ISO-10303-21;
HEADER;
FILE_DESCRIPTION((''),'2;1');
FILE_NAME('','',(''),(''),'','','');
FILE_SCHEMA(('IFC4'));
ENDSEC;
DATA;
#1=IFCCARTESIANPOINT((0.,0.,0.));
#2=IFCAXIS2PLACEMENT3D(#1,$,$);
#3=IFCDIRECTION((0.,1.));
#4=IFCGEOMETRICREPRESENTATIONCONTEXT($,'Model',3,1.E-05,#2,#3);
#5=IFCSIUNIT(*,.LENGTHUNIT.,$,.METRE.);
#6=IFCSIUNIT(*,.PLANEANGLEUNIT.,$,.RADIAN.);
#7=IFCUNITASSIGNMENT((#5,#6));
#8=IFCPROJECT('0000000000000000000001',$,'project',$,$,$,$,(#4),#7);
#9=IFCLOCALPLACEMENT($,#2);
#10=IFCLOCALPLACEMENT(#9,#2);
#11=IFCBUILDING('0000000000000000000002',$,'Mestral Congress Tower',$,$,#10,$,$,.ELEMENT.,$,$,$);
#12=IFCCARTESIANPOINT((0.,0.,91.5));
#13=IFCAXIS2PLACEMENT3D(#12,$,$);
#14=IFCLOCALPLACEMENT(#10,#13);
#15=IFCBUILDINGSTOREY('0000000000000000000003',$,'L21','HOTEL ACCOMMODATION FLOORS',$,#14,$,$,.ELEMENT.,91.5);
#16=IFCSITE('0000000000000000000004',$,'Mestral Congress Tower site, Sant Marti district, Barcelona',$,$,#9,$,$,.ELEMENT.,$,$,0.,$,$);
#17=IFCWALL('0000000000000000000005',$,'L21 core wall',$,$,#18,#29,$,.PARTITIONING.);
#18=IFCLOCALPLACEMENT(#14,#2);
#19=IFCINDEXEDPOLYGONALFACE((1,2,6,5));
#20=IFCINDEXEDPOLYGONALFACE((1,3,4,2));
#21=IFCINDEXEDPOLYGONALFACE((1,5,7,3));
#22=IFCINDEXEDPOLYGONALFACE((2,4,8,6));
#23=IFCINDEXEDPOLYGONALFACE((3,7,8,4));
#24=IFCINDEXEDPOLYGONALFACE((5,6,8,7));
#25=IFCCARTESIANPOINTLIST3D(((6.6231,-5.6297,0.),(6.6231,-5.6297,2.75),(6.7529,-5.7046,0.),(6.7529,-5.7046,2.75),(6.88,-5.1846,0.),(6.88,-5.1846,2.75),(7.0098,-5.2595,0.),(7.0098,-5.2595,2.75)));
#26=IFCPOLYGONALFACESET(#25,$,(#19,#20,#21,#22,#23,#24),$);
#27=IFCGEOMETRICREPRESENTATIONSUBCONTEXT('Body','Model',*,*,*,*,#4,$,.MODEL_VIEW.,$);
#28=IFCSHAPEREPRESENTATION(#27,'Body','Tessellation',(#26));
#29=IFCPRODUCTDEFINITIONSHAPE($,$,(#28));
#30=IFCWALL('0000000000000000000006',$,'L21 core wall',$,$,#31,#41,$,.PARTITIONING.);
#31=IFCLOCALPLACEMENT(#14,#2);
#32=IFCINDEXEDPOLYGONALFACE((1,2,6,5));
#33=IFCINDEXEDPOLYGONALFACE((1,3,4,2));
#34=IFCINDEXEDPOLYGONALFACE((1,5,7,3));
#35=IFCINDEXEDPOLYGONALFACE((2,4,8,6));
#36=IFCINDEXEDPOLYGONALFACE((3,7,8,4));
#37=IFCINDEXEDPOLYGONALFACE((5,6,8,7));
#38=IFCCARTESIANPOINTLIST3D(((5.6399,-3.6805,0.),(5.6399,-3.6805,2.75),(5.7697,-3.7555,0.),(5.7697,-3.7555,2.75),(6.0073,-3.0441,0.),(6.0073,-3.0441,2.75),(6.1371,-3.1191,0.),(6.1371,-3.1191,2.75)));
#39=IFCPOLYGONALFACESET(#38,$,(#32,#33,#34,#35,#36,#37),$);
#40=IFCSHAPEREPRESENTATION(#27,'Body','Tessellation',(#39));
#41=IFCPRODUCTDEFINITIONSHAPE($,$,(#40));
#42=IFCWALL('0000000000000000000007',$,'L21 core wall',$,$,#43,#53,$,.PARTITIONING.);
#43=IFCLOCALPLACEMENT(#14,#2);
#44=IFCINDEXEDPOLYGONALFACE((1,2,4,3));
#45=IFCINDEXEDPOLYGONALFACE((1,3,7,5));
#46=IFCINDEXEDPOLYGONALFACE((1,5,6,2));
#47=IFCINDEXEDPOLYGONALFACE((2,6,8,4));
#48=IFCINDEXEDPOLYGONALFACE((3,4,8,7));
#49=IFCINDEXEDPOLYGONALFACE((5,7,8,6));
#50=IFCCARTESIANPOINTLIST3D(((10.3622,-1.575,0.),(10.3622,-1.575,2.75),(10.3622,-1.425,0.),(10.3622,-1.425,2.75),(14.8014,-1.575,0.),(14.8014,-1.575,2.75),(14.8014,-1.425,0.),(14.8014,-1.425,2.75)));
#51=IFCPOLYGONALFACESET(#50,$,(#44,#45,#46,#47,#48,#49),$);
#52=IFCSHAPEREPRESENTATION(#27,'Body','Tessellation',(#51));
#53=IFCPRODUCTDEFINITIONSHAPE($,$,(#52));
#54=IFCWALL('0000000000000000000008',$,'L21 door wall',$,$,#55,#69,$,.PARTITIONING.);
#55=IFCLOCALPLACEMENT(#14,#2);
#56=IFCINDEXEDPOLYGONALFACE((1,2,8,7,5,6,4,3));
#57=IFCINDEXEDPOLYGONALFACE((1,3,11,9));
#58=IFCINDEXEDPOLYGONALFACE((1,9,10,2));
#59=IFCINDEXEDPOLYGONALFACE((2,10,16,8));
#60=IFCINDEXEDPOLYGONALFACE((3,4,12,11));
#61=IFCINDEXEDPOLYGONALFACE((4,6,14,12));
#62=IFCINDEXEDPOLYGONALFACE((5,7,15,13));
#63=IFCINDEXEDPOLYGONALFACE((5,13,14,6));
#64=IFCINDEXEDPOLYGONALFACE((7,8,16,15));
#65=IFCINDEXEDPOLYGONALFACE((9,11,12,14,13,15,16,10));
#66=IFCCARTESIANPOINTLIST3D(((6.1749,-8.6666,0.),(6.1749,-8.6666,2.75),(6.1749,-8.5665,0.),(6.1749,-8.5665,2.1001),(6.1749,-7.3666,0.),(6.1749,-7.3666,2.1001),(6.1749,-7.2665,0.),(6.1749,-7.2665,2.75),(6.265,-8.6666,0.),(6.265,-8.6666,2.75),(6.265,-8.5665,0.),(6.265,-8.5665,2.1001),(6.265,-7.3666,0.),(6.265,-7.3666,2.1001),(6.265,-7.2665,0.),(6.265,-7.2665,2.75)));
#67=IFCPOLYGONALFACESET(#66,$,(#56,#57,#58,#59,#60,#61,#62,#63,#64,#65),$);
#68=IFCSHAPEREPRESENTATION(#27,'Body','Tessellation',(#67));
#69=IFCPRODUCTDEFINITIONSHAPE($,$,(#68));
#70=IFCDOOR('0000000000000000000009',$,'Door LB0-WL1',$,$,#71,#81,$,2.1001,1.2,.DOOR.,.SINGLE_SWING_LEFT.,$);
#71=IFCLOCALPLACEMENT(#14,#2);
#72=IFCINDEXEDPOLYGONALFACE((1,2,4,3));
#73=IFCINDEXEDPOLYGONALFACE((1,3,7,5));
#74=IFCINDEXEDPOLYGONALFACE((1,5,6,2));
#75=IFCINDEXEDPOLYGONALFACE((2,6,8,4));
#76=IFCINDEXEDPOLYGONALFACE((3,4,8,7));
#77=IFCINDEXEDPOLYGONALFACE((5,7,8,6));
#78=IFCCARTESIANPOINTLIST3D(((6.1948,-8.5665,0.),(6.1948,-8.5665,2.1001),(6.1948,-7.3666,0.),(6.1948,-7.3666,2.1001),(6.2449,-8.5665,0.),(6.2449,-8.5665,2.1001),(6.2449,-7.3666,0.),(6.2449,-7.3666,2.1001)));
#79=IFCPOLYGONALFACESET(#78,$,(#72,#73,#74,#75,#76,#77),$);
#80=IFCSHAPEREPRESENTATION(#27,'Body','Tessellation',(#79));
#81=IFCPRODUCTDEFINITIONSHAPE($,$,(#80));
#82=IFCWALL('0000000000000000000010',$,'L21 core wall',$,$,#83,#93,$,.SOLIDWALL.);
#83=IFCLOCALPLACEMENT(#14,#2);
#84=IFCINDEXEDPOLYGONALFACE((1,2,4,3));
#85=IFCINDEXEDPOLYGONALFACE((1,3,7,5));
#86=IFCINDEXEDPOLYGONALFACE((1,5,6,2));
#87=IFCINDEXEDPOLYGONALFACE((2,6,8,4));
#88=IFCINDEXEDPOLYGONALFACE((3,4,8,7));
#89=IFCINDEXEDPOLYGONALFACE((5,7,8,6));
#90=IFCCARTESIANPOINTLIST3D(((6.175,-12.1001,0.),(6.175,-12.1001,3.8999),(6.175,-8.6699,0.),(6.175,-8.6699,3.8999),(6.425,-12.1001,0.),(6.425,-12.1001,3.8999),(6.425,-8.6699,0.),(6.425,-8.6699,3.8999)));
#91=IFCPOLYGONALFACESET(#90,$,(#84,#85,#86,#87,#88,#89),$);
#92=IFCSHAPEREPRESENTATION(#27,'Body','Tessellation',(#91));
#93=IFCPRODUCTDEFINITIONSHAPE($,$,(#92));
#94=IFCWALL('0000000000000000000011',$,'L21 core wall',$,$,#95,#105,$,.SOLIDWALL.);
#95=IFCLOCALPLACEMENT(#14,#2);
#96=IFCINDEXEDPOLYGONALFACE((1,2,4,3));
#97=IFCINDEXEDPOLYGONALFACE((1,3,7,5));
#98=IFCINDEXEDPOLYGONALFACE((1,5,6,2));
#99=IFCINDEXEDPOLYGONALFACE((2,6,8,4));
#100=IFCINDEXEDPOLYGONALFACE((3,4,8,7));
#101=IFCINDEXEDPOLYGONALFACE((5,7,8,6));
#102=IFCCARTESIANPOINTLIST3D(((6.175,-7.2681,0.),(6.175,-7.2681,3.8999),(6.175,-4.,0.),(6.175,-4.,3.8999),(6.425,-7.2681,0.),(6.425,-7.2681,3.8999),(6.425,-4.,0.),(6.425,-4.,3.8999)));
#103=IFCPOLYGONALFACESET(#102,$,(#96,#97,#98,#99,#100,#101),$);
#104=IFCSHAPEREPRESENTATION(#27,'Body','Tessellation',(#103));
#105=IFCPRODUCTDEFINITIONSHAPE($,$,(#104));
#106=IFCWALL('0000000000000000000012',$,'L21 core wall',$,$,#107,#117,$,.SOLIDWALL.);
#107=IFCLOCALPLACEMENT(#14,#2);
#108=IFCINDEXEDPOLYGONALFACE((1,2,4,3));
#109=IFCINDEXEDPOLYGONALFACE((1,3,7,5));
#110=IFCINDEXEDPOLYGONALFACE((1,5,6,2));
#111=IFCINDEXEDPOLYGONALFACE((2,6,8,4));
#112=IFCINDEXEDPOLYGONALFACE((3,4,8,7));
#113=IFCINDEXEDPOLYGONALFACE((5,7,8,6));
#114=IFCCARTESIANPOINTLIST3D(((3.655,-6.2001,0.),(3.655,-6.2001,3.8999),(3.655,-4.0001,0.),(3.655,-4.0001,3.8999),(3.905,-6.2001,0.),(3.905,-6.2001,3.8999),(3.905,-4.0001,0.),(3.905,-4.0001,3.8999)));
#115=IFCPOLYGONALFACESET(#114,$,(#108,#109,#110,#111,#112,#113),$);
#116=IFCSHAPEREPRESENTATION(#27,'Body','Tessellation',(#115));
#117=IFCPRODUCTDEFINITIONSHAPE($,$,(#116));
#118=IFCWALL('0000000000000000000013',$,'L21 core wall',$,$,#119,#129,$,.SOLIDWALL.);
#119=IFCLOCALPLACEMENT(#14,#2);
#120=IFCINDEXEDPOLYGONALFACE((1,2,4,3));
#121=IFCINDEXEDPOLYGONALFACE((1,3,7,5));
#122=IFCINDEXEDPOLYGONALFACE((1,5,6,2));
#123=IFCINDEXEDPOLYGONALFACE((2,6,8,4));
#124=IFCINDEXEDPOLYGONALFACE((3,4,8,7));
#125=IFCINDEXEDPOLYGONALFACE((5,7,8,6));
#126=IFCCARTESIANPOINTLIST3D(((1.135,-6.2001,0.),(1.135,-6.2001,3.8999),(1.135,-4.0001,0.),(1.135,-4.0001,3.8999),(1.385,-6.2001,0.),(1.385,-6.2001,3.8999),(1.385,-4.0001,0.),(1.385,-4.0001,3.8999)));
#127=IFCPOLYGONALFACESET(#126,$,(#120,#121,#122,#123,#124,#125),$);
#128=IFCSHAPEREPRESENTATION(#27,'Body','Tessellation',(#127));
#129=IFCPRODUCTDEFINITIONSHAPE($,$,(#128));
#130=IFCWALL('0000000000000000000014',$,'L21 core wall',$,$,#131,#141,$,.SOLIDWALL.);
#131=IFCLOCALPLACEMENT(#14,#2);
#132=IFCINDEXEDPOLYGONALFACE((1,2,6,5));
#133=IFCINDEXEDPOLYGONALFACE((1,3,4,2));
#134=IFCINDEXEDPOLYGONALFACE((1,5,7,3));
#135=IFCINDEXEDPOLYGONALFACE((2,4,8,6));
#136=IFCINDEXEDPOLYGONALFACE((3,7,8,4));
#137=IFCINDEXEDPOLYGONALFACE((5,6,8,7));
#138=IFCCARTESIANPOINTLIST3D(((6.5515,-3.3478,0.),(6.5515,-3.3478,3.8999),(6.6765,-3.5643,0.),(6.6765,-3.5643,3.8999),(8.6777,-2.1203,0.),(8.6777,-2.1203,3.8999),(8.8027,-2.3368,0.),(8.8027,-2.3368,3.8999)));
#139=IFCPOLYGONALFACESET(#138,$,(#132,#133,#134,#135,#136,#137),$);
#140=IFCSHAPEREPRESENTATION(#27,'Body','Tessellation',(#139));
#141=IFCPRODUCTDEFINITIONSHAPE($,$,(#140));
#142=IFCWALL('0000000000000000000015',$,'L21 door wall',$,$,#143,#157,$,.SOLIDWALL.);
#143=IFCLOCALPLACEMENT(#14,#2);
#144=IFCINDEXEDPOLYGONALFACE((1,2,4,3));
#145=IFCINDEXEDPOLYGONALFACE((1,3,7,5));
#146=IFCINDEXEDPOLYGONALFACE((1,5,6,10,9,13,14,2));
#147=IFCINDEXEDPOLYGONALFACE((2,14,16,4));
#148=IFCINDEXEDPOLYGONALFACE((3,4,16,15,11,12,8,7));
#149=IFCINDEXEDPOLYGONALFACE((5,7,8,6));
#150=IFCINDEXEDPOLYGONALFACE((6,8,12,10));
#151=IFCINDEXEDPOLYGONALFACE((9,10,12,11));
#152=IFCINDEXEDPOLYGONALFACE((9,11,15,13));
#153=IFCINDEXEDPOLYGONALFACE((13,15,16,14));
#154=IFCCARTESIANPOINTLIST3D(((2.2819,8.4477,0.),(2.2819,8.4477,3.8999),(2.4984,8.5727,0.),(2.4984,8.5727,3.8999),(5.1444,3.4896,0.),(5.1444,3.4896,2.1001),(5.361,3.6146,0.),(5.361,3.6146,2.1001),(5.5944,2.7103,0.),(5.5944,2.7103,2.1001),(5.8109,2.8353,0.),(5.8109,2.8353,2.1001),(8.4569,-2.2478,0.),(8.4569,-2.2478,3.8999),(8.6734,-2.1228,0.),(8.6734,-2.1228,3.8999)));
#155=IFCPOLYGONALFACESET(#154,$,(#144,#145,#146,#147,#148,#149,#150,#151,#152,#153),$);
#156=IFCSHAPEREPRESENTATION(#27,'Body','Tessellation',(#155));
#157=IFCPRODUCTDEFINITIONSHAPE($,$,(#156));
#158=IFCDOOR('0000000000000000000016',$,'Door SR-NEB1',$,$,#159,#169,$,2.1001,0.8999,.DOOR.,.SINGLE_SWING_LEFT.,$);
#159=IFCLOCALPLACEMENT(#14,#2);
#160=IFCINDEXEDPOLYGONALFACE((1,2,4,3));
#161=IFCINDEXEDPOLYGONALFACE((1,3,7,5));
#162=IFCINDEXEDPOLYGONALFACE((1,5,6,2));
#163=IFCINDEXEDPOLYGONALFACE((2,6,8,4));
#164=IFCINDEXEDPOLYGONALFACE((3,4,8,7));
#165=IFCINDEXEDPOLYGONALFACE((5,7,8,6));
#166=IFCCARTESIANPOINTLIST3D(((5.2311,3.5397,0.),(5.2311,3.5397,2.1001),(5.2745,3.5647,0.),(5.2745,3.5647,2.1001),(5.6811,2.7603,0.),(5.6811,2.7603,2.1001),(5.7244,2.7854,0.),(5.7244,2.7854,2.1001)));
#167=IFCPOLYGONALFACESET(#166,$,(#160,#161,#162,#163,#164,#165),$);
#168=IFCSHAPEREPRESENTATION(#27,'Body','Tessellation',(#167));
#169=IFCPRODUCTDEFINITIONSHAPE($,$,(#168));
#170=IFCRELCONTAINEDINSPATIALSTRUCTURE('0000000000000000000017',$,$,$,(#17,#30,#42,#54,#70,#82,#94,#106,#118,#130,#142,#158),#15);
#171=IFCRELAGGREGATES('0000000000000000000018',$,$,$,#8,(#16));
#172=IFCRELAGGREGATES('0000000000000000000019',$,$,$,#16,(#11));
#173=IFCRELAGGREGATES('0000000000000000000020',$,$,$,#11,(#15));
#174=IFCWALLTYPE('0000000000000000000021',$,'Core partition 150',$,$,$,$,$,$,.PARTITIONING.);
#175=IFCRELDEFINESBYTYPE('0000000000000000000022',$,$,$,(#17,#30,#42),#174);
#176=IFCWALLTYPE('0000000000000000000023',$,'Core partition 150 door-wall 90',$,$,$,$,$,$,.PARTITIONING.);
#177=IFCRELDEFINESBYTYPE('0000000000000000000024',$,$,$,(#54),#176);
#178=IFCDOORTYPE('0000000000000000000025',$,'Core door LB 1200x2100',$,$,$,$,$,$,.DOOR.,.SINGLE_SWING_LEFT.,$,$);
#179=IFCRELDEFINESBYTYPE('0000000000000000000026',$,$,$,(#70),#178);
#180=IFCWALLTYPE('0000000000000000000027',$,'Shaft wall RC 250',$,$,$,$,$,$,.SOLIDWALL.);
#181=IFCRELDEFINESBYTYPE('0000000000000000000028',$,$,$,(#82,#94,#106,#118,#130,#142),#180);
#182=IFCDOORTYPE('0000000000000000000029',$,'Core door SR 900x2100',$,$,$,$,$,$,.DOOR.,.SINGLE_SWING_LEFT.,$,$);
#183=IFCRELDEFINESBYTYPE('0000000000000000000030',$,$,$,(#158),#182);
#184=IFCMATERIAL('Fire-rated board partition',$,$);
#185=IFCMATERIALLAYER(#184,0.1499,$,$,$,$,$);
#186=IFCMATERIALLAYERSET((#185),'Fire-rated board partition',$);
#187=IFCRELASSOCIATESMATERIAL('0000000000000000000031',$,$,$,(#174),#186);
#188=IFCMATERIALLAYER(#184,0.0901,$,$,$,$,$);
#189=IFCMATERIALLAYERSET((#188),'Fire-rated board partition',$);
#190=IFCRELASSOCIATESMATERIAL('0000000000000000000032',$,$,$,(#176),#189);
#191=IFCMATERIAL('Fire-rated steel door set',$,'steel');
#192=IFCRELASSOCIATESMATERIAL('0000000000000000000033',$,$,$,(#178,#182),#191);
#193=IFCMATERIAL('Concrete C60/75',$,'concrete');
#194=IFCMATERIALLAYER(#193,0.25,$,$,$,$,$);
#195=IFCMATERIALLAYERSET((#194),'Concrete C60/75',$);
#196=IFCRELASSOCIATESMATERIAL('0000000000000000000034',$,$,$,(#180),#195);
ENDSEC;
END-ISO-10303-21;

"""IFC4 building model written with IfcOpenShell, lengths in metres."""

from ifc_helpers import new_model, si_unit, direction, frame, frame_2d, origin, place, context, subcontext, project, spatial, rectangle, extrude, material, layer, layer_set, type_object, element, fill, save


model = new_model("IFC4")

# Units and contexts
model_context = context("Model", 3, precision=1e-05, world=origin(), true_north=direction((0.0, 1.0)))
body_context = subcontext(model_context, "Body", "Model", "MODEL_VIEW")
ifc_project = project(units=[si_unit("LENGTHUNIT", "METRE"), si_unit("PLANEANGLEUNIT", "RADIAN")], contexts=[model_context])

# Site, building, storey
site_placement = place(None, origin())
site = spatial("IfcSite", under=ifc_project, at=site_placement, Name="Mestral Congress Tower site, Sant Marti district, Barcelona", CompositionType="ELEMENT", RefElevation=0.0)
building_placement = place(site_placement, origin())
building = spatial("IfcBuilding", under=site, at=building_placement, Name="Mestral Congress Tower", CompositionType="ELEMENT")
storey_placement = place(building_placement, frame((0.0, 0.0, 91.5)))
storey = spatial("IfcBuildingStorey", under=building, at=storey_placement, Name="L21", Description="HOTEL ACCOMMODATION FLOORS", CompositionType="ELEMENT", Elevation=91.5)

# Walls
ifc_material_1 = material(Name="Fire-rated board partition")
ifc_layer_1 = layer(ifc_material_1, 0.1499)
ifc_layer_set_1 = layer_set([ifc_layer_1], Name="Fire-rated board partition")
wall_type_1 = type_object("IfcWallType", Name="Core partition 150", PredefinedType="PARTITIONING", material=ifc_layer_set_1)
wall_1_placement = place(storey_placement, frame((6.9448, -5.2222, 0.0), z_axis=(0.0, 0.0, 1.0), x_axis=(-0.499818, -0.86613, 0.0)))
element("IfcWall", 1, at=wall_1_placement, inside=storey, type_object=wall_type_1, Name="L21 core wall", PredefinedType="PARTITIONING", context=body_context, shape_type="SweptSolid", body=[
    extrude(rectangle(XDim=0.5139, YDim=0.1499, at=frame_2d((0.2568, 0.0))), origin(), (0.0, 0.0, 1.0), 2.75),
])
wall_2_placement = place(storey_placement, frame((5.7048, -3.718, 0.0), z_axis=(0.0, 0.0, 1.0), x_axis=(0.499962, 0.866047, 0.0)))
element("IfcWall", 2, at=wall_2_placement, inside=storey, type_object=wall_type_1, Name="L21 core wall", PredefinedType="PARTITIONING", context=body_context, shape_type="SweptSolid", body=[
    extrude(rectangle(XDim=0.7349, YDim=0.1499, at=frame_2d((0.3674, 0.0))), origin(), (0.0, 0.0, 1.0), 2.75),
])
wall_3_placement = place(storey_placement, frame((10.3621, -1.5, 0.0), z_axis=(0.0, 0.0, 1.0), x_axis=(1.0, 0.0, 0.0)))
element("IfcWall", 3, at=wall_3_placement, inside=storey, type_object=wall_type_1, Name="L21 core wall", PredefinedType="PARTITIONING", context=body_context, shape_type="SweptSolid", body=[
    extrude(rectangle(XDim=4.4392, YDim=0.1499, at=frame_2d((2.2197, 0.0))), origin(), (0.0, 0.0, 1.0), 2.75),
])

# Wall, opening, door
ifc_layer_2 = layer(ifc_material_1, 0.0901)
ifc_layer_set_2 = layer_set([ifc_layer_2], Name="Fire-rated board partition")
wall_type_2 = type_object("IfcWallType", Name="Core partition 150 door-wall 90", PredefinedType="PARTITIONING", material=ifc_layer_set_2)
wall_4_placement = place(storey_placement, frame((6.22, -7.2664, 0.0), z_axis=(0.0, 0.0, 1.0), x_axis=(0.0, -1.0, 0.0)))
wall_4 = element("IfcWall", 4, at=wall_4_placement, inside=storey, type_object=wall_type_2, Name="L21 door wall", PredefinedType="PARTITIONING", context=body_context, shape_type="SweptSolid", body=[
    extrude(rectangle(XDim=1.4001, YDim=0.0901, at=frame_2d((0.7002, 0.0))), origin(), (0.0, 0.0, 1.0), 2.75),
])
opening_1_placement = place(wall_4_placement, frame((0.1001, 0.0, 0.0)))
opening_1 = element("IfcOpeningElement", 5, at=opening_1_placement, cuts=wall_4, PredefinedType="OPENING", context=body_context, shape_type="SweptSolid", body=[
    extrude(rectangle(XDim=1.2, YDim=2.1001, at=frame_2d((0.6001, 1.05))), frame((0.0, 0.0549, 0.0), z_axis=(0.0, -1.0, 0.0), x_axis=(1.0, 0.0, 0.0)), (0.0, 0.0, 1.0), 0.1101),
])
ifc_material_2 = material(Name="Fire-rated steel door set", Category="steel")
door_type_1 = type_object("IfcDoorType", Name="Core door LB 1200x2100", OperationType="SINGLE_SWING_LEFT", PredefinedType="DOOR", material=ifc_material_2)
door_1_placement = place(opening_1_placement, origin())
door_1 = element("IfcDoor", 6, at=door_1_placement, inside=storey, type_object=door_type_1, Name="Door LB0-WL1", OperationType="SINGLE_SWING_LEFT", OverallHeight=2.1001, OverallWidth=1.2, PredefinedType="DOOR", context=body_context, shape_type="SweptSolid", body=[
    extrude(rectangle(XDim=1.2, YDim=2.1001, at=frame_2d((0.6001, 1.05))), frame((0.0, 0.0249, 0.0), z_axis=(0.0, -1.0, 0.0), x_axis=(1.0, 0.0, 0.0)), (0.0, 0.0, 1.0), 0.05),
])
fill(opening_1, door_1)

# Walls
ifc_material_3 = material(Name="Concrete C60/75", Category="concrete")
ifc_layer_3 = layer(ifc_material_3, 0.25)
ifc_layer_set_3 = layer_set([ifc_layer_3], Name="Concrete C60/75")
wall_type_3 = type_object("IfcWallType", Name="Shaft wall RC 250", PredefinedType="SOLIDWALL", material=ifc_layer_set_3)
wall_5_placement = place(storey_placement, frame((6.3, -8.6699, 0.0), z_axis=(0.0, 0.0, 1.0), x_axis=(0.0, -1.0, 0.0)))
element("IfcWall", 7, at=wall_5_placement, inside=storey, type_object=wall_type_3, Name="L21 core wall", PredefinedType="SOLIDWALL", context=body_context, shape_type="SweptSolid", body=[
    extrude(rectangle(XDim=3.4302, YDim=0.25, at=frame_2d((1.7151, 0.0))), origin(), (0.0, 0.0, 1.0), 3.8999),
])
wall_6_placement = place(storey_placement, frame((6.3, -7.2681, 0.0), z_axis=(0.0, 0.0, 1.0), x_axis=(0.0, 1.0, 0.0)))
element("IfcWall", 8, at=wall_6_placement, inside=storey, type_object=wall_type_3, Name="L21 core wall", PredefinedType="SOLIDWALL", context=body_context, shape_type="SweptSolid", body=[
    extrude(rectangle(XDim=3.2681, YDim=0.25, at=frame_2d((1.634, 0.0))), origin(), (0.0, 0.0, 1.0), 3.8999),
])
for number, where, z_axis, x_axis, name in (
    (9, (3.78, -4.0, 0.0), (0.0, 0.0, 1.0), (0.0, -1.0, 0.0), "L21 core wall"),
    (10, (1.26, -4.0, 0.0), (0.0, 0.0, 1.0), (0.0, -1.0, 0.0), "L21 core wall"),
):
    element("IfcWall", number, at=place(storey_placement, frame(where, z_axis=z_axis, x_axis=x_axis)), inside=storey, type_object=wall_type_3, Name=name, PredefinedType="SOLIDWALL", context=body_context, shape_type="SweptSolid", body=[
        extrude(rectangle(XDim=2.2, YDim=0.25, at=frame_2d((1.1001, 0.0))), origin(), (0.0, 0.0, 1.0), 3.8999),
    ])
wall_7_placement = place(storey_placement, frame((6.614, -3.4561, 0.0), z_axis=(0.0, 0.0, 1.0), x_axis=(0.866032, 0.499989, 0.0)))
element("IfcWall", 11, at=wall_7_placement, inside=storey, type_object=wall_type_3, Name="L21 core wall", PredefinedType="SOLIDWALL", context=body_context, shape_type="SweptSolid", body=[
    extrude(rectangle(XDim=2.4551, YDim=0.25, at=frame_2d((1.2275, 0.0))), origin(), (0.0, 0.0, 1.0), 3.8999),
])

# Wall, opening, door
wall_8_placement = place(storey_placement, frame((8.5652, -2.1853, 0.0), z_axis=(0.0, 0.0, 1.0), x_axis=(-0.499998, 0.866027, 0.0)))
wall_8 = element("IfcWall", 12, at=wall_8_placement, inside=storey, type_object=wall_type_3, Name="L21 door wall", PredefinedType="SOLIDWALL", context=body_context, shape_type="SweptSolid", body=[
    extrude(rectangle(XDim=12.3501, YDim=0.25, at=frame_2d((6.175, 0.0))), origin(), (0.0, 0.0, 1.0), 3.8999),
])
opening_2_placement = place(wall_8_placement, frame((5.7251, 0.0, 0.0)))
opening_2 = element("IfcOpeningElement", 13, at=opening_2_placement, cuts=wall_8, PredefinedType="OPENING", context=body_context, shape_type="SweptSolid", body=[
    extrude(rectangle(XDim=0.8999, YDim=2.1001, at=frame_2d((0.45, 1.05))), frame((0.0, 0.135, 0.0), z_axis=(0.0, -1.0, 0.0), x_axis=(1.0, 0.0, 0.0)), (0.0, 0.0, 1.0), 0.27),
])
door_type_2 = type_object("IfcDoorType", Name="Core door SR 900x2100", OperationType="SINGLE_SWING_LEFT", PredefinedType="DOOR", material=ifc_material_2)
door_2_placement = place(opening_2_placement, origin())
door_2 = element("IfcDoor", 14, at=door_2_placement, inside=storey, type_object=door_type_2, Name="Door SR-NEB1", OperationType="SINGLE_SWING_LEFT", OverallHeight=2.1001, OverallWidth=0.8999, PredefinedType="DOOR", context=body_context, shape_type="SweptSolid", body=[
    extrude(rectangle(XDim=0.8999, YDim=2.1001, at=frame_2d((0.45, 1.05))), frame((0.0, 0.0249, 0.0), z_axis=(0.0, -1.0, 0.0), x_axis=(1.0, 0.0, 0.0)), (0.0, 0.0, 1.0), 0.05),
])
fill(opening_2, door_2)

save(model, "model.ifc")
